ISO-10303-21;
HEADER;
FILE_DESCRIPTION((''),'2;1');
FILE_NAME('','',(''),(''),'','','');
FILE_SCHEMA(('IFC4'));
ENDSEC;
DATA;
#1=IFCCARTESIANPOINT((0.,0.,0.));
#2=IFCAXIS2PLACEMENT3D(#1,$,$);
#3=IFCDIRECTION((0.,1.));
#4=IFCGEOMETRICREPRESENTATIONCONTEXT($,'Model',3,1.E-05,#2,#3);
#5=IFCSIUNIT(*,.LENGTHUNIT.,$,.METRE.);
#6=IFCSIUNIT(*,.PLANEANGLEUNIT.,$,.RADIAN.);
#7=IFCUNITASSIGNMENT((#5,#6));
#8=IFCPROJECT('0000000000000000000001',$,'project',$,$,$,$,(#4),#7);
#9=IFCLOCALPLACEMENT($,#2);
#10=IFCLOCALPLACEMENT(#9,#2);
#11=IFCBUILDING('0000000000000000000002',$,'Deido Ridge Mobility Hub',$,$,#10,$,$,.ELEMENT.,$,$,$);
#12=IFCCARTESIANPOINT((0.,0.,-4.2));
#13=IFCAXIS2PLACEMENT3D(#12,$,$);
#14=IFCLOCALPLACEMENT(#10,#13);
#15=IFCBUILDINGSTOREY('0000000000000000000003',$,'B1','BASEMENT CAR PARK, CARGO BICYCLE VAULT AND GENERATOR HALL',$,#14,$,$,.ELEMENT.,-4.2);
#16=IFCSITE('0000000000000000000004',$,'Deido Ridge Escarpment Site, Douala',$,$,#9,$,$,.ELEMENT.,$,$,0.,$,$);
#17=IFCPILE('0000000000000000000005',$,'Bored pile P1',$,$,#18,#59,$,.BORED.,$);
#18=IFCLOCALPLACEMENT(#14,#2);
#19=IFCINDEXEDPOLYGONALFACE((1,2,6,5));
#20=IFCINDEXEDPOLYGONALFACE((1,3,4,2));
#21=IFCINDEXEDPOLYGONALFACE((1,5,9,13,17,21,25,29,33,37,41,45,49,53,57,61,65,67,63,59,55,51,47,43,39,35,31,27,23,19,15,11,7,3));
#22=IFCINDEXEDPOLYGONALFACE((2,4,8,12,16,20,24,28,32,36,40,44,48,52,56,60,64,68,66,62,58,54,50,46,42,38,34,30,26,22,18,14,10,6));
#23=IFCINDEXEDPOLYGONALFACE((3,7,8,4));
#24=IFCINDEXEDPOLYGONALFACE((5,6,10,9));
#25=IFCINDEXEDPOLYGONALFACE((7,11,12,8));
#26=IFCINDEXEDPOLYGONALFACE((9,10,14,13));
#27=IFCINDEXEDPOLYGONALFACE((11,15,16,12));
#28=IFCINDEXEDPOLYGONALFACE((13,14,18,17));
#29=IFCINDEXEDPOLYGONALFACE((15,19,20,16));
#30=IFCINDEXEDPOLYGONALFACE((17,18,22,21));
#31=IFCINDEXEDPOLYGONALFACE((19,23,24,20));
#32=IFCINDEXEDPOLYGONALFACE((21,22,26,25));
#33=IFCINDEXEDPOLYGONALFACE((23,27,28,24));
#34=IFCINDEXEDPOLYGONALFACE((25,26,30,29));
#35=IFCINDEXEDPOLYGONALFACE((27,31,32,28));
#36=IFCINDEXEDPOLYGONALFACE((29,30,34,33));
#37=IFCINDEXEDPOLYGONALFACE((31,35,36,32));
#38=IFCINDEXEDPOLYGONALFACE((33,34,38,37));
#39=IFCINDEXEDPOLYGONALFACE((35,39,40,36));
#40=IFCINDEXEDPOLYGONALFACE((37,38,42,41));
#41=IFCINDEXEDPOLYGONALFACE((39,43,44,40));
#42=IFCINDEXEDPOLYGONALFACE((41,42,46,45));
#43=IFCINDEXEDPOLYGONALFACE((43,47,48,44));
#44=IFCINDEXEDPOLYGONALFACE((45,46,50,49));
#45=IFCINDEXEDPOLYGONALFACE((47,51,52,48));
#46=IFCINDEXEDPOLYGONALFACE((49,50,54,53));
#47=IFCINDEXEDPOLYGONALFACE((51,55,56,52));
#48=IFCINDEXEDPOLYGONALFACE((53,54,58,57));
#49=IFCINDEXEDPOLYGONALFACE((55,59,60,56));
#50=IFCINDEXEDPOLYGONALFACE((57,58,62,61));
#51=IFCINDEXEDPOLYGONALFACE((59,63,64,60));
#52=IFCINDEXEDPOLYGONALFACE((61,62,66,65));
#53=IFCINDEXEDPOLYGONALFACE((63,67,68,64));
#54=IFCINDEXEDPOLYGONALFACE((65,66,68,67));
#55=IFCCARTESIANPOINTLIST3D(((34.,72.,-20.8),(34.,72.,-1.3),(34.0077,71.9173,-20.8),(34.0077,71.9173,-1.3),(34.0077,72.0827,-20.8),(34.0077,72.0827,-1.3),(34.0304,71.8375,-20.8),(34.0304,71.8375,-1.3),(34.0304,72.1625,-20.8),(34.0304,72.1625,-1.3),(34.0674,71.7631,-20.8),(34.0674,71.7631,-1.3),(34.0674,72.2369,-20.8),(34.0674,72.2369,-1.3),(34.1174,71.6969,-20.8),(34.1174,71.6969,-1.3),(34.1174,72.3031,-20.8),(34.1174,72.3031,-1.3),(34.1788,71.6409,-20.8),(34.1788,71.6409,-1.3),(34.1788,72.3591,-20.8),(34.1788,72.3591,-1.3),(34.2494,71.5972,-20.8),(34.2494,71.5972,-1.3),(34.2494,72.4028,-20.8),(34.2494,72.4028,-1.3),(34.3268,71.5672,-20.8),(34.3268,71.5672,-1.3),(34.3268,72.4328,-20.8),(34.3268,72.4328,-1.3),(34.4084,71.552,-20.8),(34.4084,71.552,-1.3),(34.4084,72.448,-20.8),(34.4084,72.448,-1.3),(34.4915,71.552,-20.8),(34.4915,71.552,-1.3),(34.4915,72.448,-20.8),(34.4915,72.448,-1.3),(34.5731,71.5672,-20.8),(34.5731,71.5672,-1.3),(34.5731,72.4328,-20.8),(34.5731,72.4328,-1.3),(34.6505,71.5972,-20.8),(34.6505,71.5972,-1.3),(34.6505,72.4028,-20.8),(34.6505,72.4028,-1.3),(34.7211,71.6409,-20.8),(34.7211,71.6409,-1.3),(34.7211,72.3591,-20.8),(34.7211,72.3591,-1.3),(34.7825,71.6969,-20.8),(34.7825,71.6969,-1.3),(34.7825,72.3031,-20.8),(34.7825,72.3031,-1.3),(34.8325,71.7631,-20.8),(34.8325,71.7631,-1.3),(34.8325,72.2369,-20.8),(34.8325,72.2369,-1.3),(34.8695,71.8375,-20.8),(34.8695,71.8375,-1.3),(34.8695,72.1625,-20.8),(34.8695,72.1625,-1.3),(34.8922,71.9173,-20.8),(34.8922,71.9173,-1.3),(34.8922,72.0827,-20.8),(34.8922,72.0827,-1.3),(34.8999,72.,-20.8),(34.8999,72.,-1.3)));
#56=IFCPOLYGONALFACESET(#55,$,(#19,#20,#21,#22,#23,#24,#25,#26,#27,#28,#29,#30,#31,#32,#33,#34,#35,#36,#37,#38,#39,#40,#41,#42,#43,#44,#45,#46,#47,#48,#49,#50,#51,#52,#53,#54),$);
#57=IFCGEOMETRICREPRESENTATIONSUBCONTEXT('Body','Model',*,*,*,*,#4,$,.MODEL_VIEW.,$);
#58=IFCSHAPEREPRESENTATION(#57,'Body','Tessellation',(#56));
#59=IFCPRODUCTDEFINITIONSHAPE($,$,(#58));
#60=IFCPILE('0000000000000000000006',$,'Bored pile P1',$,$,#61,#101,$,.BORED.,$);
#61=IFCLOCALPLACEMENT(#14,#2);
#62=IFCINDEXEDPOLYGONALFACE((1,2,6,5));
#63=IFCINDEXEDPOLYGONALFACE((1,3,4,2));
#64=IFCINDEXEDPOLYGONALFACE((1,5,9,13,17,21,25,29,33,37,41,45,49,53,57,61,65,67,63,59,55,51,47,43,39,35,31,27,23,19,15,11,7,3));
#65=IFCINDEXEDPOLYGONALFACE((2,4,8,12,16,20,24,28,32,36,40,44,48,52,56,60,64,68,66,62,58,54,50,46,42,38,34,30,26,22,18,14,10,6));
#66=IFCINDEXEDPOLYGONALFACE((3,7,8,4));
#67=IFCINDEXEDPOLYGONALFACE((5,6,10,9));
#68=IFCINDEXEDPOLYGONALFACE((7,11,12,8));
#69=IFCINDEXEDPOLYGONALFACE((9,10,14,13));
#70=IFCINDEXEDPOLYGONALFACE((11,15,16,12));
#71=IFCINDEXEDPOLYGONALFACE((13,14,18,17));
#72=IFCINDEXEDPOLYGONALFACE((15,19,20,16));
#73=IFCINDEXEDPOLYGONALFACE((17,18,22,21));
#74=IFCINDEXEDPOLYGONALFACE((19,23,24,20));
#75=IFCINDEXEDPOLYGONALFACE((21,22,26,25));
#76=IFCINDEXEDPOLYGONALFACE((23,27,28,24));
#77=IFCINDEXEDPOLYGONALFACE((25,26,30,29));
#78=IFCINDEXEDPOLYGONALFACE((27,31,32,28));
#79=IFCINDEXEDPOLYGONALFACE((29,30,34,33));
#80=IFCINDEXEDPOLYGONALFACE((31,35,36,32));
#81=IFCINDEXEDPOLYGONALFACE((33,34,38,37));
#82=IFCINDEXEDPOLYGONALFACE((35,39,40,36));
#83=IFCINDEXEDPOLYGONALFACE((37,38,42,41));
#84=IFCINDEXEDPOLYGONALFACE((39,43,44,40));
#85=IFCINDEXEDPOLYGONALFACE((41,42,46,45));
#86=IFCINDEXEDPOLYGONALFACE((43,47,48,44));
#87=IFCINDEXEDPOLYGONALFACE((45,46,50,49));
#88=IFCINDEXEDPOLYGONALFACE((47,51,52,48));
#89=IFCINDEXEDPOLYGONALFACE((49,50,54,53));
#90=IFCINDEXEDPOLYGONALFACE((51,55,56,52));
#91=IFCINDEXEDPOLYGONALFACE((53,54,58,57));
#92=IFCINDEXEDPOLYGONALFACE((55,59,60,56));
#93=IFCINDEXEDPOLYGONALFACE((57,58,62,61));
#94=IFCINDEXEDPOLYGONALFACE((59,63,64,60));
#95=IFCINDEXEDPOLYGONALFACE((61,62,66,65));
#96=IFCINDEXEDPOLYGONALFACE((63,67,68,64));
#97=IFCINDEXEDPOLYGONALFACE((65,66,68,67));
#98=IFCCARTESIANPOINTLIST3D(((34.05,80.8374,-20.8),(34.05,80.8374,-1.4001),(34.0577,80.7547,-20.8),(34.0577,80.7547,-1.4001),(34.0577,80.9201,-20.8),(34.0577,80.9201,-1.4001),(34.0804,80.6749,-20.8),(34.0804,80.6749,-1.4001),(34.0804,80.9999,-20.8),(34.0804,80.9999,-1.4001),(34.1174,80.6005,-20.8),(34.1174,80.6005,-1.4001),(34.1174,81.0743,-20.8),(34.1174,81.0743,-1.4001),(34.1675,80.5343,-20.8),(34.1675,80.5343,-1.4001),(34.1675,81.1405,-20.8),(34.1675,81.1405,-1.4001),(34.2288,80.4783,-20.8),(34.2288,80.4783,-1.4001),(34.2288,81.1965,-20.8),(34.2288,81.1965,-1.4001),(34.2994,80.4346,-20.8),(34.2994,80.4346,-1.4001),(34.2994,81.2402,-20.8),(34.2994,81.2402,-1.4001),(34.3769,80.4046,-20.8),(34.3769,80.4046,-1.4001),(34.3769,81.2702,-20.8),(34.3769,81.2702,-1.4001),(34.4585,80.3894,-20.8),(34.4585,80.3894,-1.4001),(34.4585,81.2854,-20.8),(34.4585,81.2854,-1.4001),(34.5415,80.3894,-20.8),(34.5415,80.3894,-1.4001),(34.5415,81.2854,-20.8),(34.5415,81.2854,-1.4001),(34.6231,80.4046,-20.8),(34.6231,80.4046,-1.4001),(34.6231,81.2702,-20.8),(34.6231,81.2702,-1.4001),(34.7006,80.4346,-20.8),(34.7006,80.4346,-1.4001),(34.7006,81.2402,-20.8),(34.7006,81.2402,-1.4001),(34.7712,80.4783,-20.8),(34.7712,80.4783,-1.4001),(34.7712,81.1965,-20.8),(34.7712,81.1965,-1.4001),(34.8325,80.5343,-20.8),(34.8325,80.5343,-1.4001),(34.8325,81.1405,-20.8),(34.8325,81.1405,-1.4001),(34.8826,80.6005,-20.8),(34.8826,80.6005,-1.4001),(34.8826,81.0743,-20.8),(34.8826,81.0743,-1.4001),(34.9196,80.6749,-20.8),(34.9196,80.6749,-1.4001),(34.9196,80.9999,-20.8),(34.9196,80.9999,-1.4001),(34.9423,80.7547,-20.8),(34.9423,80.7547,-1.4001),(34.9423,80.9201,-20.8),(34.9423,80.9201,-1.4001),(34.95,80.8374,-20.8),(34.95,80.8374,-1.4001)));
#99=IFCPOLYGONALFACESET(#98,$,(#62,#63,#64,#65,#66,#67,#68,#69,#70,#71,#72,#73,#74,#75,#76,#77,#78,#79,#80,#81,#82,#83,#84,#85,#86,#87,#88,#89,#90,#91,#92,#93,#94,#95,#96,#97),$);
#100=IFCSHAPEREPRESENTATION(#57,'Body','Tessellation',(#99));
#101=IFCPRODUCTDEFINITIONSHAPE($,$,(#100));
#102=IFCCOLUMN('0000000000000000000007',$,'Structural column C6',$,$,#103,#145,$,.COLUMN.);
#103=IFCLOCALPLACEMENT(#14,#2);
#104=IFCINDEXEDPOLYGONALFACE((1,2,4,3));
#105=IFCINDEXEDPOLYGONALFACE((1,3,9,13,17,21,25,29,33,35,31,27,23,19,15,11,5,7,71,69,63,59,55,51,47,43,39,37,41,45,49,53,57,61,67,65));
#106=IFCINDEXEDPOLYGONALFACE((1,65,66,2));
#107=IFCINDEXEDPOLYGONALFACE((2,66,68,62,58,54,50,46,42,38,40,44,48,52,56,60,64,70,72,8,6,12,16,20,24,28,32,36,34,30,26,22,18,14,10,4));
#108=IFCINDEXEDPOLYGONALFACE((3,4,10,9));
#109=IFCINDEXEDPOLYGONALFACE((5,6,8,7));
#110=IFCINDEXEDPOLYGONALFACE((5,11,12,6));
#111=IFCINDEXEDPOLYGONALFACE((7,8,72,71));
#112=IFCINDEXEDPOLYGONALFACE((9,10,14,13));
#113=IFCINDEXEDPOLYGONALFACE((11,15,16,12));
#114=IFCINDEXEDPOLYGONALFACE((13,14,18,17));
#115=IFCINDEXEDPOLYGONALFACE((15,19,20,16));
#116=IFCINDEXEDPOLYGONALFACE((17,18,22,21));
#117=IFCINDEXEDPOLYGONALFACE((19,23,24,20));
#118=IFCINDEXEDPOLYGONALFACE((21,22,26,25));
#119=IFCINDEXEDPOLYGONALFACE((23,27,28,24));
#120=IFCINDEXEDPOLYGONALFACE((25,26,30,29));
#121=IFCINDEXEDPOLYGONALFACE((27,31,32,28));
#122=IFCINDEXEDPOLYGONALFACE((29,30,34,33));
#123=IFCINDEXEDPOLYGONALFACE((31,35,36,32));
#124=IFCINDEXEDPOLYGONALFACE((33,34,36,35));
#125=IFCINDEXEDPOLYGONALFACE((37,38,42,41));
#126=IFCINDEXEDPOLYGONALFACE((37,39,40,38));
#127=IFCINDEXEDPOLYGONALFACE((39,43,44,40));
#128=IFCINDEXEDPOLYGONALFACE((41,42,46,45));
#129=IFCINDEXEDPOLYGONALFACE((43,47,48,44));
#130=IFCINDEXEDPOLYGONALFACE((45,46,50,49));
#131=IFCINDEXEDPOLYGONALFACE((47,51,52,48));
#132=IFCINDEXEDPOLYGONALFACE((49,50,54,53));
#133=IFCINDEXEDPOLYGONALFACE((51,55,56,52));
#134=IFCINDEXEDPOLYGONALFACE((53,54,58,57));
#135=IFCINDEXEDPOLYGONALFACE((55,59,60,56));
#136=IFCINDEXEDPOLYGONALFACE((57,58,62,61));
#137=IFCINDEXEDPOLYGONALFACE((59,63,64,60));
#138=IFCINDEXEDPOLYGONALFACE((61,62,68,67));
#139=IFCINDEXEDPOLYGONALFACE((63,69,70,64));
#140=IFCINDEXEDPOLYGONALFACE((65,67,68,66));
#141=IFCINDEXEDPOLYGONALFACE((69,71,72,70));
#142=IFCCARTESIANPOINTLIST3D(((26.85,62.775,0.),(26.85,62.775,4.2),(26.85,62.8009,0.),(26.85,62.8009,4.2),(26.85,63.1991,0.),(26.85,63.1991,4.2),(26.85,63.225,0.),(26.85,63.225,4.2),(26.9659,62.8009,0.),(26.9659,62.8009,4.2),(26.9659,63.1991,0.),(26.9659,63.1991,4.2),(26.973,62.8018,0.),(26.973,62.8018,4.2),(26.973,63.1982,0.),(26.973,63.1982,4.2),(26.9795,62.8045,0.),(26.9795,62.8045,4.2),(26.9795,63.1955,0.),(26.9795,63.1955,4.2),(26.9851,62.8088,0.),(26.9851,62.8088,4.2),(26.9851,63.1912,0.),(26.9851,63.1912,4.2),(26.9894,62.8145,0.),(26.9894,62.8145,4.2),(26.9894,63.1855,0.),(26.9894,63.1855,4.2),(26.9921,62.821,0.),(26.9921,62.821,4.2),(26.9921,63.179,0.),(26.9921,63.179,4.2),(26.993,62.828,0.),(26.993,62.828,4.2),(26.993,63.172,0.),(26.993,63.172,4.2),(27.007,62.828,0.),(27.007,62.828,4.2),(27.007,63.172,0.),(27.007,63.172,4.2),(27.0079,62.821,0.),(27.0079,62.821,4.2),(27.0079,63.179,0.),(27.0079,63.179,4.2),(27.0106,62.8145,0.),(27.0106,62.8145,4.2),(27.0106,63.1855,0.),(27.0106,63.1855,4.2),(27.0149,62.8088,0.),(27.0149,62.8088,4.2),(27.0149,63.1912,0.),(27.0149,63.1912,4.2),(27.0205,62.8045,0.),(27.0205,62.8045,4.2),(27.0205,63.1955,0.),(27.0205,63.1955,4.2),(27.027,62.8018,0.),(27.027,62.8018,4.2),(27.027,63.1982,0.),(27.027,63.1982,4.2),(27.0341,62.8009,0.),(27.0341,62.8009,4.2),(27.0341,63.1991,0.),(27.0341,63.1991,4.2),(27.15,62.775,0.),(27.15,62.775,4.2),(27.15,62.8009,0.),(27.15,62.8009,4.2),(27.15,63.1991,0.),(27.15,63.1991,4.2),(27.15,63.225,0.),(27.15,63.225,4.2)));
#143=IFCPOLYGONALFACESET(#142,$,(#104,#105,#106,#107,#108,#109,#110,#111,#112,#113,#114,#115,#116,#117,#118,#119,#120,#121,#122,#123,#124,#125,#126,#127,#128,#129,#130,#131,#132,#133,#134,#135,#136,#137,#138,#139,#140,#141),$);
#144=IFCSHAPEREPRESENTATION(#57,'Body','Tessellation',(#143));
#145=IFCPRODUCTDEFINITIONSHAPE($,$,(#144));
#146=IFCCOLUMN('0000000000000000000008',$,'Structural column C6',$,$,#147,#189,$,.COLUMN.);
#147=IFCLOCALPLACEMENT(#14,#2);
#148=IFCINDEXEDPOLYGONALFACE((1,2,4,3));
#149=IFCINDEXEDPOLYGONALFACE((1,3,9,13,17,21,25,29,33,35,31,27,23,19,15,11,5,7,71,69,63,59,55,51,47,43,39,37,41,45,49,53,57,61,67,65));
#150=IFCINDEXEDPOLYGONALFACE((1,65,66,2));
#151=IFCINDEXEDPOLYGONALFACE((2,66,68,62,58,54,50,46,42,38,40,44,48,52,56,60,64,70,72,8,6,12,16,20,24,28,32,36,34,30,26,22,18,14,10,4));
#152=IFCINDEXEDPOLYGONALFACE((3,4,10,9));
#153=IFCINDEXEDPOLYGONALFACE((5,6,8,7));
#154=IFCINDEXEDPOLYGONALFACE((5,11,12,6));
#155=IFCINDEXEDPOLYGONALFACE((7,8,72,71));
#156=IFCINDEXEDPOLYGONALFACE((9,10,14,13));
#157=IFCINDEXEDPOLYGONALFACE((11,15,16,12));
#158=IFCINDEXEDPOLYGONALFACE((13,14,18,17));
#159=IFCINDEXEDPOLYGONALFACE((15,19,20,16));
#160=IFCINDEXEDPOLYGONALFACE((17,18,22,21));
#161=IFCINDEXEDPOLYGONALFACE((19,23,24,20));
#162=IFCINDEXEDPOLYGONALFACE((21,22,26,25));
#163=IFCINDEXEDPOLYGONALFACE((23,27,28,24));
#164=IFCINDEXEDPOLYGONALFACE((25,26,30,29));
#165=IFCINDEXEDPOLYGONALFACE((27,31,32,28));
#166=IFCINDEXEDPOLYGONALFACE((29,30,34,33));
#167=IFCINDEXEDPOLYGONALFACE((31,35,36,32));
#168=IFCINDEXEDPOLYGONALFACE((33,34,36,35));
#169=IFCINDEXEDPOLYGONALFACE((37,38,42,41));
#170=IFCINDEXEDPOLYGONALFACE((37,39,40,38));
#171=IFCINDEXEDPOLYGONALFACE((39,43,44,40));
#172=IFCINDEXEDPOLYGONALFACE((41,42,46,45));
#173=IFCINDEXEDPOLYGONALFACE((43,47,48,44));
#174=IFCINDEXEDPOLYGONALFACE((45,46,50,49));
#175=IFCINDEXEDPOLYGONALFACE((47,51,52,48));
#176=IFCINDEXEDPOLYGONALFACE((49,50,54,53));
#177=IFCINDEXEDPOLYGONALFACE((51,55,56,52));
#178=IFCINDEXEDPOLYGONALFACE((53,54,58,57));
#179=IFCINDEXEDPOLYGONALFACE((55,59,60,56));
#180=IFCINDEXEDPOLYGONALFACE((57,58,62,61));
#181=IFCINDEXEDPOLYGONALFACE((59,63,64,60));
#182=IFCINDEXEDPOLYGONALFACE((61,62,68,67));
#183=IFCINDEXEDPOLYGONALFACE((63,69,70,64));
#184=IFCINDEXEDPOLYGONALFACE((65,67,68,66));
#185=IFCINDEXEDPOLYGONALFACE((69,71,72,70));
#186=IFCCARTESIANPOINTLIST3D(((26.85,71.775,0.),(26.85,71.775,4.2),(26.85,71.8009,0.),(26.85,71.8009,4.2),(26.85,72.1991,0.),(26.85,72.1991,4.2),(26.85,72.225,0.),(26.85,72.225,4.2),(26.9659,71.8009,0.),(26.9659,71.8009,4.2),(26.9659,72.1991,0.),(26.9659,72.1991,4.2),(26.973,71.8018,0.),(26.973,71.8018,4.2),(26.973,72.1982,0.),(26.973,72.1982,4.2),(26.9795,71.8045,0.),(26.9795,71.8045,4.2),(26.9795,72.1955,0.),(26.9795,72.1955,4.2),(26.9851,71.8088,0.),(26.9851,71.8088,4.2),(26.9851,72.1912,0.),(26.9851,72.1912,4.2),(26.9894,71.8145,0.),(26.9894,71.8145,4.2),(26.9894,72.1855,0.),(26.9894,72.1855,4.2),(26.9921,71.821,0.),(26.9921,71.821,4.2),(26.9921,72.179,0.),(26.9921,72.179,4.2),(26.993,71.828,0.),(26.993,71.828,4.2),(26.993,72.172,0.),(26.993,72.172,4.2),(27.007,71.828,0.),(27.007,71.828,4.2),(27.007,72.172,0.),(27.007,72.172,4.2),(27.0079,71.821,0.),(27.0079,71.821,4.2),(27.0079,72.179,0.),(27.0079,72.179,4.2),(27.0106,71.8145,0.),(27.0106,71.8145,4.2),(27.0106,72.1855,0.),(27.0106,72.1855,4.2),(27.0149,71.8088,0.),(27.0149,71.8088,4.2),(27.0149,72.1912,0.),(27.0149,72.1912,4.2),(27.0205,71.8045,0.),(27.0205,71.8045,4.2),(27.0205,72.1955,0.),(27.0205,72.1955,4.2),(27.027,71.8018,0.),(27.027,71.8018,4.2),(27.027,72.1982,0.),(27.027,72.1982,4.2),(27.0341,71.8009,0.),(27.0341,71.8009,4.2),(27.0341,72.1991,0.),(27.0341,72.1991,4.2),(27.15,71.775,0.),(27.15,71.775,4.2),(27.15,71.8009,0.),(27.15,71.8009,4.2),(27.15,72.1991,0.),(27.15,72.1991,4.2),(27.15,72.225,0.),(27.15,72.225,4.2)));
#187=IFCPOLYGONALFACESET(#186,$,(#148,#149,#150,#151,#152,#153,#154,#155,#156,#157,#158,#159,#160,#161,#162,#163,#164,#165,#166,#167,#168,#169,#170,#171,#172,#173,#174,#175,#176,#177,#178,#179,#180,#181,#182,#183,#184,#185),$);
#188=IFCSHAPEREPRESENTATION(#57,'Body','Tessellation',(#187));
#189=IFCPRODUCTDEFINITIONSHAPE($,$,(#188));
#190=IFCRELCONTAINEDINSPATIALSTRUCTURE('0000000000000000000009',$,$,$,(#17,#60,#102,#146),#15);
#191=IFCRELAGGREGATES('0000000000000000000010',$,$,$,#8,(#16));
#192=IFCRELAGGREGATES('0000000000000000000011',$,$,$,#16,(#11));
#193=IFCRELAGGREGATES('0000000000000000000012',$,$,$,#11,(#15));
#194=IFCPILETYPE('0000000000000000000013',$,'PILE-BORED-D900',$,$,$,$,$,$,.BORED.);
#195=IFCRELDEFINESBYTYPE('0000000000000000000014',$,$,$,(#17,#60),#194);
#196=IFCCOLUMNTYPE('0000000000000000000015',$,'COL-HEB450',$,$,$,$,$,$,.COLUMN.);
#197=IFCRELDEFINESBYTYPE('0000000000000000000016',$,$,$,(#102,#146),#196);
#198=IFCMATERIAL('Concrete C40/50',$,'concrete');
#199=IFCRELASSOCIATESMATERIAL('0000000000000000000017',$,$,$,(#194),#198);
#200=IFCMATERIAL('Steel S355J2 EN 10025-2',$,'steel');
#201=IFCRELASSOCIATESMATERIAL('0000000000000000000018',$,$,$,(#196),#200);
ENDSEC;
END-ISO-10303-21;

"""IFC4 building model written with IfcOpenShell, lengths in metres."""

from ifc_helpers import new_model, si_unit, direction, frame, origin, origin_2d, place, context, subcontext, project, spatial, circle, i_section, extrude, material, material_profile, profile_set, type_object, element, save


model = new_model("IFC4")

# Units and contexts
model_context = context("Model", 3, precision=1e-05, world=origin(), true_north=direction((0.0, 1.0)))
body_context = subcontext(model_context, "Body", "Model", "MODEL_VIEW")
ifc_project = project(units=[si_unit("LENGTHUNIT", "METRE"), si_unit("PLANEANGLEUNIT", "RADIAN")], contexts=[model_context])

# Site, building, storey
site_placement = place(None, origin())
site = spatial("IfcSite", under=ifc_project, at=site_placement, Name="Deido Ridge Escarpment Site, Douala", CompositionType="ELEMENT", RefElevation=0.0)
building_placement = place(site_placement, origin())
building = spatial("IfcBuilding", under=site, at=building_placement, Name="Deido Ridge Mobility Hub", CompositionType="ELEMENT")
storey_placement = place(building_placement, frame((0.0, 0.0, -4.2)))
storey = spatial("IfcBuildingStorey", under=building, at=storey_placement, Name="B1", Description="BASEMENT CAR PARK, CARGO BICYCLE VAULT AND GENERATOR HALL", CompositionType="ELEMENT", Elevation=-4.2)

# Shared definitions
ifc_material_1 = material(Name="Concrete C40/50", Category="concrete")

# Piles
ifc_material_profile_1 = material_profile(ifc_material_1, circle(Radius=0.45, at=origin_2d()), Name="BORED PILE D900")
ifc_profile_set_1 = profile_set([ifc_material_profile_1], Name="Concrete C40/50")
pile_type_1 = type_object("IfcPileType", Name="PILE-BORED-D900", PredefinedType="BORED", material=ifc_profile_set_1)
pile_1_placement = place(storey_placement, frame((34.45, 72.0, -1.3), z_axis=(0.0, 0.0, -1.0), x_axis=(1.0, 0.0, 0.0)))
element("IfcPile", 1, at=pile_1_placement, inside=storey, type_object=pile_type_1, Name="Bored pile P1", PredefinedType="BORED", context=body_context, shape_type="SweptSolid", body=[
    extrude(circle(Radius=0.45, at=origin_2d()), origin(), (0.0, 0.0, 1.0), 19.5),
])
pile_2_placement = place(storey_placement, frame((34.5, 80.8374, -1.4001), z_axis=(0.0, 0.0, -1.0), x_axis=(1.0, 0.0, 0.0)))
element("IfcPile", 2, at=pile_2_placement, inside=storey, type_object=pile_type_1, Name="Bored pile P1", PredefinedType="BORED", context=body_context, shape_type="SweptSolid", body=[
    extrude(circle(Radius=0.45, at=origin_2d()), origin(), (0.0, 0.0, 1.0), 19.3999),
])

# Columns
ifc_material_2 = material(Name="Steel S355J2 EN 10025-2", Category="steel")
ifc_material_profile_2 = material_profile(ifc_material_2, i_section(OverallWidth=0.3, OverallDepth=0.45, WebThickness=0.0139, FlangeThickness=0.0259, FilletRadius=0.0271, at=origin_2d()), Name="HEB 450")
ifc_profile_set_2 = profile_set([ifc_material_profile_2], Name="Steel S355J2 EN 10025-2")
column_type = type_object("IfcColumnType", Name="COL-HEB450", PredefinedType="COLUMN", material=ifc_profile_set_2)
for number, where, z_axis, x_axis, name in (
    (3, (27.0, 63.0, 0.0), (0.0, 0.0, 1.0), (1.0, 0.0, 0.0), "Structural column C6"),
    (4, (27.0, 72.0, 0.0), (0.0, 0.0, 1.0), (1.0, 0.0, 0.0), "Structural column C6"),
):
    element("IfcColumn", number, at=place(storey_placement, frame(where, z_axis=z_axis, x_axis=x_axis)), inside=storey, type_object=column_type, Name=name, PredefinedType="COLUMN", context=body_context, shape_type="SweptSolid", body=[
        extrude(i_section(OverallWidth=0.3, OverallDepth=0.45, WebThickness=0.0139, FlangeThickness=0.0259, FilletRadius=0.0271, at=origin_2d()), origin(), (0.0, 0.0, 1.0), 4.2),
    ])

save(model, "model.ifc")
